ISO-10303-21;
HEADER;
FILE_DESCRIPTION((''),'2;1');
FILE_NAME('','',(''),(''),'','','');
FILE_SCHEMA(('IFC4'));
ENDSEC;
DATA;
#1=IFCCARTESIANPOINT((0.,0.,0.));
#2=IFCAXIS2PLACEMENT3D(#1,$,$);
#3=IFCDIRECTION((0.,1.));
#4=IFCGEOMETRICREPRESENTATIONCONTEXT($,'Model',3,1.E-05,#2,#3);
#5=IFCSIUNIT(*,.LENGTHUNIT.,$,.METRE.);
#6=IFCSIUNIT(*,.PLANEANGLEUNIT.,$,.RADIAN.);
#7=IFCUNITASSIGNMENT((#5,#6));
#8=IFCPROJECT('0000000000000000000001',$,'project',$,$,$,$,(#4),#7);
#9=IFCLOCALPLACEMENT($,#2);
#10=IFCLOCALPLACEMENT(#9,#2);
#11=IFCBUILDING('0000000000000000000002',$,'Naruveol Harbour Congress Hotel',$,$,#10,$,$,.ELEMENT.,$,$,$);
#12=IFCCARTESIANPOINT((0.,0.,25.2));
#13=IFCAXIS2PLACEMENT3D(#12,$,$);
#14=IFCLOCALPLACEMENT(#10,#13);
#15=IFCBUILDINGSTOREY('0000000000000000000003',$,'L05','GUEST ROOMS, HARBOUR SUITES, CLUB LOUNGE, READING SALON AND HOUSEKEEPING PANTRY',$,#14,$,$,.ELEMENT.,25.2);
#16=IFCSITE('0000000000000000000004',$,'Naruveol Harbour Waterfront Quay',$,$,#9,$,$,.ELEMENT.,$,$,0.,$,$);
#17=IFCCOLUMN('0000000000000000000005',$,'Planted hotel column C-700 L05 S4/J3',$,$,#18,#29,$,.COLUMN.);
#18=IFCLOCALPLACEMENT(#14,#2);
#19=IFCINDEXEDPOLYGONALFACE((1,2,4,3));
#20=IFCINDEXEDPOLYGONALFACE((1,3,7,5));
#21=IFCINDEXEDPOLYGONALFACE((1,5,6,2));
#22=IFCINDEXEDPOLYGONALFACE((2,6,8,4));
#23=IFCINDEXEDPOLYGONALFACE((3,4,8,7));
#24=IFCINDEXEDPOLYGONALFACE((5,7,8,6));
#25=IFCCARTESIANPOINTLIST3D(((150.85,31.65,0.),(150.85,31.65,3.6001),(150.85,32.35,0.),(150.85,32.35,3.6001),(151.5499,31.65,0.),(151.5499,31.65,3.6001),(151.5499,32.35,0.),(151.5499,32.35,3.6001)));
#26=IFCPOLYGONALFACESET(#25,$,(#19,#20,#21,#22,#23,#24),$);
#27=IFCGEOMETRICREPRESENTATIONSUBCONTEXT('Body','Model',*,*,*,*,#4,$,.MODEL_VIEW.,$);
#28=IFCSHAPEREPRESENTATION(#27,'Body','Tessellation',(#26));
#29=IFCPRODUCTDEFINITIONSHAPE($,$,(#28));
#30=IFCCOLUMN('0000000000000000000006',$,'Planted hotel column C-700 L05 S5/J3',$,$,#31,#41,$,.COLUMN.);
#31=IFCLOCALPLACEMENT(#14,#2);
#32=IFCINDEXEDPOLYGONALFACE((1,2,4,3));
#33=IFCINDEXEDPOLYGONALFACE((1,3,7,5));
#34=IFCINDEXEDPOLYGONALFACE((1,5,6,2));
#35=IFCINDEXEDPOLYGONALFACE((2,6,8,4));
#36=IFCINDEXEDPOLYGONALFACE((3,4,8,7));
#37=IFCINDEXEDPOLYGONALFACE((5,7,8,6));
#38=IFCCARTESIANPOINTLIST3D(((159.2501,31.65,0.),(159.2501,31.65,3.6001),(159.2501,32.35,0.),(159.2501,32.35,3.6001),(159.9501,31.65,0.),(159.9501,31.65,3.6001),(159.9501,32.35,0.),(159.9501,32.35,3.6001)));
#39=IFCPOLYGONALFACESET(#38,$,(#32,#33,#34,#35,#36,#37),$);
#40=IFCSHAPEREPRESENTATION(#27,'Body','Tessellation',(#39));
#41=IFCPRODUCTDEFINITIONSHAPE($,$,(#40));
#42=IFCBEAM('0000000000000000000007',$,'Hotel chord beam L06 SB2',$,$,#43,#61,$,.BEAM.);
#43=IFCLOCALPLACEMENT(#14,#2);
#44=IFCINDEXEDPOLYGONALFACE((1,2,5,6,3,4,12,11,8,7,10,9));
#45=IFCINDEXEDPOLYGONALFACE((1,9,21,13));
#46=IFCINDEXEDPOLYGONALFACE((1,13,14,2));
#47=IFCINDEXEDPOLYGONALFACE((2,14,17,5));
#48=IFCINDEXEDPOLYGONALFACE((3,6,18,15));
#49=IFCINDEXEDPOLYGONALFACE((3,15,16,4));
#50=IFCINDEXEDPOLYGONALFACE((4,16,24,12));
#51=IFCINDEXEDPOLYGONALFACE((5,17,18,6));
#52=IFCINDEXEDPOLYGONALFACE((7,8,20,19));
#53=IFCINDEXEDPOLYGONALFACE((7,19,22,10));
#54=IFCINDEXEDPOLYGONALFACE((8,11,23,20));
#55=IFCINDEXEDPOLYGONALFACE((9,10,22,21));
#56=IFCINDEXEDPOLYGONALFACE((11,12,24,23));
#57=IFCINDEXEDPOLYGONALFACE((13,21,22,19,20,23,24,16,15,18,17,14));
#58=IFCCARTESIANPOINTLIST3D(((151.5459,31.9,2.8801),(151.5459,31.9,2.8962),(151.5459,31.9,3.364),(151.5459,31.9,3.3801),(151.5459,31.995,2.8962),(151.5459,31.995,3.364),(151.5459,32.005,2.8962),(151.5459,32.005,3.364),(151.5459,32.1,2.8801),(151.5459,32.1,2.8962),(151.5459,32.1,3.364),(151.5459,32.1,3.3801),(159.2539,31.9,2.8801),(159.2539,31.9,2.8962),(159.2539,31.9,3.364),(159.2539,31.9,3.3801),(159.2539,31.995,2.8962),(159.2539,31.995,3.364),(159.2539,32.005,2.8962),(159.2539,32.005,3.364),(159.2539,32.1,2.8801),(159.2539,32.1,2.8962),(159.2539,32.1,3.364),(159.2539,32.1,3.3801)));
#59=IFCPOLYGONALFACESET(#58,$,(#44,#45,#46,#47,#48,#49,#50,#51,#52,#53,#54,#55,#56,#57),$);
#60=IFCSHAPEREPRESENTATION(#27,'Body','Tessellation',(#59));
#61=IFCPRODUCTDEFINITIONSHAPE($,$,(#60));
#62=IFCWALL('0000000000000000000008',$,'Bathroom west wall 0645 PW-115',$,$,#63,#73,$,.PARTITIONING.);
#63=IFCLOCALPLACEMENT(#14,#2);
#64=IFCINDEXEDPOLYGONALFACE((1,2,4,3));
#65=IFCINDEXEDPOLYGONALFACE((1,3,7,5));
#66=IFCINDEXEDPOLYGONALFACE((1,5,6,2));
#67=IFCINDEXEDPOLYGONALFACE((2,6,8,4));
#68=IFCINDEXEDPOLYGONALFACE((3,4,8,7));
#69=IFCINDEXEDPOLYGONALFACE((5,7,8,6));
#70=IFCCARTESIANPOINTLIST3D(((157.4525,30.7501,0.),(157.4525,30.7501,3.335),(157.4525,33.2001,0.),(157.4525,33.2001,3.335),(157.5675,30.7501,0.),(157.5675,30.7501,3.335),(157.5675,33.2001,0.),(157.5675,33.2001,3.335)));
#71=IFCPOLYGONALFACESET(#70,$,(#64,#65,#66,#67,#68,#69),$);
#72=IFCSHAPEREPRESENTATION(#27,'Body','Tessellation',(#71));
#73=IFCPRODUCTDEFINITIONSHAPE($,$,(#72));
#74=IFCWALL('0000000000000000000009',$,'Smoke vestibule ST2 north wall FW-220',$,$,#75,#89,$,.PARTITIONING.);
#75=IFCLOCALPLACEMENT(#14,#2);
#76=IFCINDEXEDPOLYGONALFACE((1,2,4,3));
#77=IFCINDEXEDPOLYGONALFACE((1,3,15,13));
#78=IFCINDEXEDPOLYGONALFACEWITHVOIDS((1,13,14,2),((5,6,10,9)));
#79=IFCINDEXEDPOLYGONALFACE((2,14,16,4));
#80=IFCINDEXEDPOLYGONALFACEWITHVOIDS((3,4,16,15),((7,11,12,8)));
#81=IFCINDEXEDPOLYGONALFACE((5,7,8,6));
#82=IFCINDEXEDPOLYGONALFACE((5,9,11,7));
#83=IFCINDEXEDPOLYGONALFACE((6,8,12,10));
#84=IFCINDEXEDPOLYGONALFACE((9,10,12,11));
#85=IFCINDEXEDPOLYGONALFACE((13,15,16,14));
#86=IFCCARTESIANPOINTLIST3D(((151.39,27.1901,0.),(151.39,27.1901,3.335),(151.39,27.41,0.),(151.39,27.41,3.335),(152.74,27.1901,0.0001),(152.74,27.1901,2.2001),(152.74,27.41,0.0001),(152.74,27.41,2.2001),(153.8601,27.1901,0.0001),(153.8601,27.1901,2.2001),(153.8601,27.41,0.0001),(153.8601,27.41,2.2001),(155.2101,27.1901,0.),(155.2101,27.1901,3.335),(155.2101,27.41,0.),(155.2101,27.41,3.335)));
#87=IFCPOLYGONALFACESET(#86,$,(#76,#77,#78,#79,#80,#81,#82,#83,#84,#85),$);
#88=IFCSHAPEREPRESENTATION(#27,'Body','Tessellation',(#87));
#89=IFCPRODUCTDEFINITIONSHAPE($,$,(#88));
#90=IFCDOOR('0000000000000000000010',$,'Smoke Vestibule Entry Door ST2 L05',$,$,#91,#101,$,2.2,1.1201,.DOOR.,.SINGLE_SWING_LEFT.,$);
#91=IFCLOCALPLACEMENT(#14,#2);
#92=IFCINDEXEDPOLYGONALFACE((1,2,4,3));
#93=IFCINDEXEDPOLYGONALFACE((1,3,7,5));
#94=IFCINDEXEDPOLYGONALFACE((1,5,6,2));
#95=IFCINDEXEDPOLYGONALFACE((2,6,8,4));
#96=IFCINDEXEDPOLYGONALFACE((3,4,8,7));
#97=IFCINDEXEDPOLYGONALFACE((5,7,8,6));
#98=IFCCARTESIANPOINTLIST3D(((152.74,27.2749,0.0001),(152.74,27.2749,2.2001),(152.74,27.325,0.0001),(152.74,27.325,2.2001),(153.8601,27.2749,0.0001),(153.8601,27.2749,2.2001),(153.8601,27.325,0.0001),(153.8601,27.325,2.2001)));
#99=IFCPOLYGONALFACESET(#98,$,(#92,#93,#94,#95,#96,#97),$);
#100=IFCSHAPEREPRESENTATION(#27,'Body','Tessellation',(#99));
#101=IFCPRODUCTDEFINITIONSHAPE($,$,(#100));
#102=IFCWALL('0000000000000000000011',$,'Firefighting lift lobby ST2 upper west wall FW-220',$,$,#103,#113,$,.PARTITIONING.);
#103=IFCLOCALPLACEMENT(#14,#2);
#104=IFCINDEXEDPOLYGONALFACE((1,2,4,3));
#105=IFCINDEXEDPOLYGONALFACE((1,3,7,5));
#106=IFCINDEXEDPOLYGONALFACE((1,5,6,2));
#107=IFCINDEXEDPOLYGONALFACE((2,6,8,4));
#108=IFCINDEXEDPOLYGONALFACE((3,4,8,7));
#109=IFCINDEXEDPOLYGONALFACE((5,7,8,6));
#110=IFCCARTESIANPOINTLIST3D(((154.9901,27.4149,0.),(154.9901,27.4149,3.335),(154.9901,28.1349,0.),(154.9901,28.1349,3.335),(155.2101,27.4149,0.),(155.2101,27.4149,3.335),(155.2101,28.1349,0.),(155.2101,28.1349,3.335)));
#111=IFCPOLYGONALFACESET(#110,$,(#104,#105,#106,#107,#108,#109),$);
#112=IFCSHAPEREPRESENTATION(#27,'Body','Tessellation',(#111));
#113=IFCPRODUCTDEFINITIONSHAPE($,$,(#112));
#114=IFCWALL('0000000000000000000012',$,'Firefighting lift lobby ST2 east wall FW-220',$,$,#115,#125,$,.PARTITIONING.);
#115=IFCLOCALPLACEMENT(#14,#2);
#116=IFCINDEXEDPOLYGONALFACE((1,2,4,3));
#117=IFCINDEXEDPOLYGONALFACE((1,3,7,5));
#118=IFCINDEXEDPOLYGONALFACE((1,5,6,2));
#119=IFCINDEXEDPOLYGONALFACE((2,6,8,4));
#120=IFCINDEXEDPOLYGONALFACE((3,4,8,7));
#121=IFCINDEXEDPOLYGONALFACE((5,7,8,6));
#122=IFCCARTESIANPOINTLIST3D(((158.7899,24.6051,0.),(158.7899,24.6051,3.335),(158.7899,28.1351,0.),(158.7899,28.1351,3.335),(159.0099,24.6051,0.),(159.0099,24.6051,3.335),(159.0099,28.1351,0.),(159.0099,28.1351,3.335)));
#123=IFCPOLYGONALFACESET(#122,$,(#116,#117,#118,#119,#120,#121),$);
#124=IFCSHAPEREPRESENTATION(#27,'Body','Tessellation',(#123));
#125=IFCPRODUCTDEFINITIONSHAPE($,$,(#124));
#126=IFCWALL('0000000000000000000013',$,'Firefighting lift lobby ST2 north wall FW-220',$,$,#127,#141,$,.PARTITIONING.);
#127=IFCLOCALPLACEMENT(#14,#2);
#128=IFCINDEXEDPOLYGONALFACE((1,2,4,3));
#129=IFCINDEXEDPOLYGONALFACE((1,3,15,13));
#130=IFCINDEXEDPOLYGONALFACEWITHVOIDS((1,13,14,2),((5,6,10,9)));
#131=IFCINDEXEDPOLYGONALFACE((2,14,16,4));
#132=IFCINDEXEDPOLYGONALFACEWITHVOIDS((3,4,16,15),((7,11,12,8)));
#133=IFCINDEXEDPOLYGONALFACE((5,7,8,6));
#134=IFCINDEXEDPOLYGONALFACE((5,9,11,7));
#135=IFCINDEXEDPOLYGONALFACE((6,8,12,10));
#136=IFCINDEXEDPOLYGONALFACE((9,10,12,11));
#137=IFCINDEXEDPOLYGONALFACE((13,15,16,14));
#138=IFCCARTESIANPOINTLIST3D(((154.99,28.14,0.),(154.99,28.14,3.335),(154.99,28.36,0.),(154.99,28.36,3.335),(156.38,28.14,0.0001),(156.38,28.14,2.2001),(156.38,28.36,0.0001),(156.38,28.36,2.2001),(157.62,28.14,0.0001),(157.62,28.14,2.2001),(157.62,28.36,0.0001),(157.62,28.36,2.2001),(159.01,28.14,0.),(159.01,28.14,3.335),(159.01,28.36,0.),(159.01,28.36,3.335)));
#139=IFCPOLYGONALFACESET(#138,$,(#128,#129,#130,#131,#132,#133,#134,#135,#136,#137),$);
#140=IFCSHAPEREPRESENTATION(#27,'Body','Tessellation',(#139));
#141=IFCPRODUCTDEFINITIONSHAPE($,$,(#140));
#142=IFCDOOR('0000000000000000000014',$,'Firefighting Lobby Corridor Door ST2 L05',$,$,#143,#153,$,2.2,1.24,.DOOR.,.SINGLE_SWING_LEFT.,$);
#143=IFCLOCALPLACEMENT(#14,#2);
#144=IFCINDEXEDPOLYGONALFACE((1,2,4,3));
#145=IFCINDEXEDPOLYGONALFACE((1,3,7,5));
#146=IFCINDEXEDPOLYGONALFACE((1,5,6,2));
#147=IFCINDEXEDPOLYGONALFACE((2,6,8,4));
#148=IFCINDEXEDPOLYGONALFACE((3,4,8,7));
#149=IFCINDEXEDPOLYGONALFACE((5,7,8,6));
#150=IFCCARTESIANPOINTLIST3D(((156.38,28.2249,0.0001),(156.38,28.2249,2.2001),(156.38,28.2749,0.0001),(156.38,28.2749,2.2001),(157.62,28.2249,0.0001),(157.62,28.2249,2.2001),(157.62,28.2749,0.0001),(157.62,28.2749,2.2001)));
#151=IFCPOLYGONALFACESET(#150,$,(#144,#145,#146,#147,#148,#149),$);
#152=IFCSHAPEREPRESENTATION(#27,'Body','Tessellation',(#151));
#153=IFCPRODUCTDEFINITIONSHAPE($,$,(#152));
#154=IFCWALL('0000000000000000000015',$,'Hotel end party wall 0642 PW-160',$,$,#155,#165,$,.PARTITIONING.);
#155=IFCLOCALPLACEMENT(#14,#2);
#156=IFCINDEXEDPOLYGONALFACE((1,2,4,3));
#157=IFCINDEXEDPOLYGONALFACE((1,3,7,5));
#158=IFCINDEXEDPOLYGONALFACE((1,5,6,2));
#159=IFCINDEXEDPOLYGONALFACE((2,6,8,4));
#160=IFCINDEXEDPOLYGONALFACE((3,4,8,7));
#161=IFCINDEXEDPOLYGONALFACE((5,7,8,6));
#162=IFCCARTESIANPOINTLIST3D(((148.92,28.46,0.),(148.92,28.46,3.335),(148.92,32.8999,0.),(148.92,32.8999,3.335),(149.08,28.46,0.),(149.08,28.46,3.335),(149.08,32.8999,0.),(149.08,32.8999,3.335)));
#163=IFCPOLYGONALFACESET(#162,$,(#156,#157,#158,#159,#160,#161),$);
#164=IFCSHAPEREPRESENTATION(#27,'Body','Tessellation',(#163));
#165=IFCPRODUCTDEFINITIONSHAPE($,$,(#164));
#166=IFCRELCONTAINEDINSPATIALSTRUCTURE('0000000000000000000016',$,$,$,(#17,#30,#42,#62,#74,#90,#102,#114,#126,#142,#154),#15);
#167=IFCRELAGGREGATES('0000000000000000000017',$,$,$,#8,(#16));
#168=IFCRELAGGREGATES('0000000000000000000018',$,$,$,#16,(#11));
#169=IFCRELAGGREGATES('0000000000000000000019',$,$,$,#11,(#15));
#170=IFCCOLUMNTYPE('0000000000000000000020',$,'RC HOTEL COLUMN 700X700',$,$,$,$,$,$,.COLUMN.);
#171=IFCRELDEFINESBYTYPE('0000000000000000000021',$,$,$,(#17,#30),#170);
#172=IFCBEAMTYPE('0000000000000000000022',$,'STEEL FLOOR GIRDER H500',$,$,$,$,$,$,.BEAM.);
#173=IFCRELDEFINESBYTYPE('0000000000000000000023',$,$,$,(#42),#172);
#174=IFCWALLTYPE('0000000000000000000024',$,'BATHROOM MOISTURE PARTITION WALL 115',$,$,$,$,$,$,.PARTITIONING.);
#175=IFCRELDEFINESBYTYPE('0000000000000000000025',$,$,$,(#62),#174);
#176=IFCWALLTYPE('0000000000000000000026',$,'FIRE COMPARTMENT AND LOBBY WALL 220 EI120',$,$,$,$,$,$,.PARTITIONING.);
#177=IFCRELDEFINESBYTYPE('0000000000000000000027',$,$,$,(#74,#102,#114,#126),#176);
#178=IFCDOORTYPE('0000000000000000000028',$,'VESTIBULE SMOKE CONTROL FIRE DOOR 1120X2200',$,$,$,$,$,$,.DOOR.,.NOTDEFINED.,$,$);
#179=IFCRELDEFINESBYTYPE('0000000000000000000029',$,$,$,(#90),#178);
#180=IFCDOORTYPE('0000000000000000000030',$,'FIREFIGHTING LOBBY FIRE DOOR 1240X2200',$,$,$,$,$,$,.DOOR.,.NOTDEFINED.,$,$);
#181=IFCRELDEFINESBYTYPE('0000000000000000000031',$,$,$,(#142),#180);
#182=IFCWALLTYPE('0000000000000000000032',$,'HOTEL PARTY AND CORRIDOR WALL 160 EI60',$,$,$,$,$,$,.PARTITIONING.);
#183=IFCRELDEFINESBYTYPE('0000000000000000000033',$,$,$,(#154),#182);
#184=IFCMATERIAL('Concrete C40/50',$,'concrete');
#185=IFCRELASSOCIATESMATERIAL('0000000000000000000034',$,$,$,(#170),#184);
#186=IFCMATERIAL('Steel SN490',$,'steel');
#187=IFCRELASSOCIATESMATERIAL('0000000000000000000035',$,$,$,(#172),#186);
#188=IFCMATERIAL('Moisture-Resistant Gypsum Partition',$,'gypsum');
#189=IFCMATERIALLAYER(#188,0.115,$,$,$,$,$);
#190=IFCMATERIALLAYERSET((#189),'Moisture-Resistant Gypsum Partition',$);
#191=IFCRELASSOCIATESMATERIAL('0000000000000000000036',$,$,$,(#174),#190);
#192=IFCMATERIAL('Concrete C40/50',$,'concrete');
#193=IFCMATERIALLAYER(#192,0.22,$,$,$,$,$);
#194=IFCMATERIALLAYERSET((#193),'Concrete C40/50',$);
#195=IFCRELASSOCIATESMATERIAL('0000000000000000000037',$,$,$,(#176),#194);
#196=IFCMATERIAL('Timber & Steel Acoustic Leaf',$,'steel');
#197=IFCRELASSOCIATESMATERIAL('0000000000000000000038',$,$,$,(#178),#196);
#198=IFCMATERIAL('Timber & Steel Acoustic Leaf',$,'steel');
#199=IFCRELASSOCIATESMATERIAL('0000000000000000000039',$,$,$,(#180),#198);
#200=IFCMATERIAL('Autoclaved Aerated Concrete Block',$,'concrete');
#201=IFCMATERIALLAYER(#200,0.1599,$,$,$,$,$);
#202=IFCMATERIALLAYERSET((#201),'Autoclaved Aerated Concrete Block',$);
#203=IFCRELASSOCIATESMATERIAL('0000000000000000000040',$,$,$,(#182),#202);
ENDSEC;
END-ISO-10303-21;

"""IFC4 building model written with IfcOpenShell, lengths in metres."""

from ifc_helpers import new_model, si_unit, direction, frame, frame_2d, origin, origin_2d, place, context, subcontext, project, spatial, rectangle, i_section, extrude, material, layer, layer_set, material_profile, profile_set, type_object, element, fill, save


model = new_model("IFC4")

# Units and contexts
model_context = context("Model", 3, precision=1e-05, world=origin(), true_north=direction((0.0, 1.0)))
body_context = subcontext(model_context, "Body", "Model", "MODEL_VIEW")
ifc_project = project(units=[si_unit("LENGTHUNIT", "METRE"), si_unit("PLANEANGLEUNIT", "RADIAN")], contexts=[model_context])

# Site, building, storey
site_placement = place(None, origin())
site = spatial("IfcSite", under=ifc_project, at=site_placement, Name="Naruveol Harbour Waterfront Quay", CompositionType="ELEMENT", RefElevation=0.0)
building_placement = place(site_placement, origin())
building = spatial("IfcBuilding", under=site, at=building_placement, Name="Naruveol Harbour Congress Hotel", CompositionType="ELEMENT")
storey_placement = place(building_placement, frame((0.0, 0.0, 25.2)))
storey = spatial("IfcBuildingStorey", under=building, at=storey_placement, Name="L05", Description="GUEST ROOMS, HARBOUR SUITES, CLUB LOUNGE, READING SALON AND HOUSEKEEPING PANTRY", CompositionType="ELEMENT", Elevation=25.2)

# Columns
ifc_material_1 = material(Name="Concrete C40/50", Category="concrete")
ifc_material_profile_1 = material_profile(ifc_material_1, rectangle(XDim=0.7, YDim=0.7, at=origin_2d()), Name="RC-700x700")
ifc_profile_set_1 = profile_set([ifc_material_profile_1], Name="Concrete C40/50")
column_type = type_object("IfcColumnType", Name="RC HOTEL COLUMN 700X700", PredefinedType="COLUMN", material=ifc_profile_set_1)
for number, where, z_axis, x_axis, name in (
    (1, (151.2, 32.0, 0.0), (0.0, 0.0, 1.0), (1.0, 0.0, 0.0), "Planted hotel column C-700 L05 S4/J3"),
    (2, (159.6001, 32.0, 0.0), (0.0, 0.0, 1.0), (1.0, 0.0, 0.0), "Planted hotel column C-700 L05 S5/J3"),
):
    element("IfcColumn", number, at=place(storey_placement, frame(where, z_axis=z_axis, x_axis=x_axis)), inside=storey, type_object=column_type, Name=name, PredefinedType="COLUMN", context=body_context, shape_type="SweptSolid", body=[
        extrude(rectangle(XDim=0.7, YDim=0.7, at=origin_2d()), origin(), (0.0, 0.0, 1.0), 3.6001),
    ])

# Beam
ifc_material_2 = material(Name="Steel SN490", Category="steel")
ifc_material_profile_2 = material_profile(ifc_material_2, i_section(OverallWidth=0.2, OverallDepth=0.5, WebThickness=0.01, FlangeThickness=0.0161, at=origin_2d()), Name="H-500x200x10x16")
ifc_profile_set_2 = profile_set([ifc_material_profile_2], Name="Steel SN490")
beam_type = type_object("IfcBeamType", Name="STEEL FLOOR GIRDER H500", PredefinedType="BEAM", material=ifc_profile_set_2)
beam_placement = place(storey_placement, frame((151.5459, 32.0, 3.1301), z_axis=(1.0, 0.0, 0.0), x_axis=(0.0, 1.0, 0.0)))
element("IfcBeam", 3, at=beam_placement, inside=storey, type_object=beam_type, Name="Hotel chord beam L06 SB2", PredefinedType="BEAM", context=body_context, shape_type="SweptSolid", body=[
    extrude(i_section(OverallWidth=0.2, OverallDepth=0.5, WebThickness=0.01, FlangeThickness=0.0161, at=origin_2d()), origin(), (0.0, 0.0, 1.0), 7.708),
])

# Wall
ifc_material_3 = material(Name="Moisture-Resistant Gypsum Partition", Category="gypsum")
ifc_layer_1 = layer(ifc_material_3, 0.115)
ifc_layer_set_1 = layer_set([ifc_layer_1], Name="Moisture-Resistant Gypsum Partition")
wall_type_1 = type_object("IfcWallType", Name="BATHROOM MOISTURE PARTITION WALL 115", PredefinedType="PARTITIONING", material=ifc_layer_set_1)
wall_1_placement = place(storey_placement, frame((157.51, 30.75, 0.0), z_axis=(0.0, 0.0, 1.0), x_axis=(0.0, 1.0, 0.0)))
element("IfcWall", 4, at=wall_1_placement, inside=storey, type_object=wall_type_1, Name="Bathroom west wall 0645 PW-115", PredefinedType="PARTITIONING", context=body_context, shape_type="SweptSolid", body=[
    extrude(rectangle(XDim=2.45, YDim=0.115, at=frame_2d((1.2251, 0.0))), origin(), (0.0, 0.0, 1.0), 3.335),
])

# Wall, opening, door
ifc_material_4 = material(Name="Concrete C40/50", Category="concrete")
ifc_layer_2 = layer(ifc_material_4, 0.22)
ifc_layer_set_2 = layer_set([ifc_layer_2], Name="Concrete C40/50")
wall_type_2 = type_object("IfcWallType", Name="FIRE COMPARTMENT AND LOBBY WALL 220 EI120", PredefinedType="PARTITIONING", material=ifc_layer_set_2)
wall_2_placement = place(storey_placement, frame((151.3899, 27.3, 0.0), z_axis=(0.0, 0.0, 1.0), x_axis=(1.0, 0.0, 0.0)))
wall_2 = element("IfcWall", 5, at=wall_2_placement, inside=storey, type_object=wall_type_2, Name="Smoke vestibule ST2 north wall FW-220", PredefinedType="PARTITIONING", context=body_context, shape_type="SweptSolid", body=[
    extrude(rectangle(XDim=3.8201, YDim=0.22, at=frame_2d((1.9102, 0.0))), origin(), (0.0, 0.0, 1.0), 3.335),
])
opening_1_placement = place(wall_2_placement, frame((1.3501, 0.0, 0.0)))
opening_1 = element("IfcOpeningElement", 6, at=opening_1_placement, cuts=wall_2, PredefinedType="OPENING", context=body_context, shape_type="SweptSolid", body=[
    extrude(rectangle(XDim=1.1201, YDim=2.2, at=frame_2d((0.5601, 1.1001))), frame((0.0, 0.1199, 0.0), z_axis=(0.0, -1.0, 0.0), x_axis=(1.0, 0.0, 0.0)), (0.0, 0.0, 1.0), 0.24),
])
ifc_material_5 = material(Name="Timber & Steel Acoustic Leaf", Category="steel")
door_type_1 = type_object("IfcDoorType", Name="VESTIBULE SMOKE CONTROL FIRE DOOR 1120X2200", OperationType="NOTDEFINED", PredefinedType="DOOR", material=ifc_material_5)
door_1_placement = place(opening_1_placement, origin())
door_1 = element("IfcDoor", 7, at=door_1_placement, inside=storey, type_object=door_type_1, Name="Smoke Vestibule Entry Door ST2 L05", OperationType="SINGLE_SWING_LEFT", OverallHeight=2.2, OverallWidth=1.1201, PredefinedType="DOOR", context=body_context, shape_type="SweptSolid", body=[
    extrude(rectangle(XDim=1.1201, YDim=2.2, at=frame_2d((0.5601, 1.1001))), frame((0.0, 0.0249, 0.0), z_axis=(0.0, -1.0, 0.0), x_axis=(1.0, 0.0, 0.0)), (0.0, 0.0, 1.0), 0.05),
])
fill(opening_1, door_1)

# Walls
wall_3_placement = place(storey_placement, frame((155.1001, 27.415, 0.0), z_axis=(0.0, 0.0, 1.0), x_axis=(0.0, 1.0, 0.0)))
element("IfcWall", 8, at=wall_3_placement, inside=storey, type_object=wall_type_2, Name="Firefighting lift lobby ST2 upper west wall FW-220", PredefinedType="PARTITIONING", context=body_context, shape_type="SweptSolid", body=[
    extrude(rectangle(XDim=0.72, YDim=0.22, at=frame_2d((0.3599, 0.0))), origin(), (0.0, 0.0, 1.0), 3.335),
])
wall_4_placement = place(storey_placement, frame((158.8999, 24.605, 0.0), z_axis=(0.0, 0.0, 1.0), x_axis=(0.0, 1.0, 0.0)))
element("IfcWall", 9, at=wall_4_placement, inside=storey, type_object=wall_type_2, Name="Firefighting lift lobby ST2 east wall FW-220", PredefinedType="PARTITIONING", context=body_context, shape_type="SweptSolid", body=[
    extrude(rectangle(XDim=3.53, YDim=0.22, at=frame_2d((1.7651, 0.0))), origin(), (0.0, 0.0, 1.0), 3.335),
])

# Wall, opening, door
wall_5_placement = place(storey_placement, frame((154.99, 28.25, 0.0), z_axis=(0.0, 0.0, 1.0), x_axis=(1.0, 0.0, 0.0)))
wall_5 = element("IfcWall", 10, at=wall_5_placement, inside=storey, type_object=wall_type_2, Name="Firefighting lift lobby ST2 north wall FW-220", PredefinedType="PARTITIONING", context=body_context, shape_type="SweptSolid", body=[
    extrude(rectangle(XDim=4.02, YDim=0.22, at=frame_2d((2.01, 0.0))), origin(), (0.0, 0.0, 1.0), 3.335),
])
opening_2_placement = place(wall_5_placement, frame((1.3899, 0.0, 0.0)))
opening_2 = element("IfcOpeningElement", 11, at=opening_2_placement, cuts=wall_5, PredefinedType="OPENING", context=body_context, shape_type="SweptSolid", body=[
    extrude(rectangle(XDim=1.24, YDim=2.2, at=frame_2d((0.6201, 1.1001))), frame((0.0, 0.1199, 0.0), z_axis=(0.0, -1.0, 0.0), x_axis=(1.0, 0.0, 0.0)), (0.0, 0.0, 1.0), 0.24),
])
ifc_material_6 = material(Name="Timber & Steel Acoustic Leaf", Category="steel")
door_type_2 = type_object("IfcDoorType", Name="FIREFIGHTING LOBBY FIRE DOOR 1240X2200", OperationType="NOTDEFINED", PredefinedType="DOOR", material=ifc_material_6)
door_2_placement = place(opening_2_placement, origin())
door_2 = element("IfcDoor", 12, at=door_2_placement, inside=storey, type_object=door_type_2, Name="Firefighting Lobby Corridor Door ST2 L05", OperationType="SINGLE_SWING_LEFT", OverallHeight=2.2, OverallWidth=1.24, PredefinedType="DOOR", context=body_context, shape_type="SweptSolid", body=[
    extrude(rectangle(XDim=1.24, YDim=2.2, at=frame_2d((0.6201, 1.1001))), frame((0.0, 0.0249, 0.0), z_axis=(0.0, -1.0, 0.0), x_axis=(1.0, 0.0, 0.0)), (0.0, 0.0, 1.0), 0.05),
])
fill(opening_2, door_2)

# Wall
ifc_material_7 = material(Name="Autoclaved Aerated Concrete Block", Category="concrete")
ifc_layer_3 = layer(ifc_material_7, 0.1599)
ifc_layer_set_3 = layer_set([ifc_layer_3], Name="Autoclaved Aerated Concrete Block")
wall_type_3 = type_object("IfcWallType", Name="HOTEL PARTY AND CORRIDOR WALL 160 EI60", PredefinedType="PARTITIONING", material=ifc_layer_set_3)
wall_6_placement = place(storey_placement, frame((149.0, 28.46, 0.0), z_axis=(0.0, 0.0, 1.0), x_axis=(0.0, 1.0, 0.0)))
element("IfcWall", 13, at=wall_6_placement, inside=storey, type_object=wall_type_3, Name="Hotel end party wall 0642 PW-160", PredefinedType="PARTITIONING", context=body_context, shape_type="SweptSolid", body=[
    extrude(rectangle(XDim=4.4399, YDim=0.1599, at=frame_2d((2.22, 0.0))), origin(), (0.0, 0.0, 1.0), 3.335),
])

save(model, "model.ifc")
